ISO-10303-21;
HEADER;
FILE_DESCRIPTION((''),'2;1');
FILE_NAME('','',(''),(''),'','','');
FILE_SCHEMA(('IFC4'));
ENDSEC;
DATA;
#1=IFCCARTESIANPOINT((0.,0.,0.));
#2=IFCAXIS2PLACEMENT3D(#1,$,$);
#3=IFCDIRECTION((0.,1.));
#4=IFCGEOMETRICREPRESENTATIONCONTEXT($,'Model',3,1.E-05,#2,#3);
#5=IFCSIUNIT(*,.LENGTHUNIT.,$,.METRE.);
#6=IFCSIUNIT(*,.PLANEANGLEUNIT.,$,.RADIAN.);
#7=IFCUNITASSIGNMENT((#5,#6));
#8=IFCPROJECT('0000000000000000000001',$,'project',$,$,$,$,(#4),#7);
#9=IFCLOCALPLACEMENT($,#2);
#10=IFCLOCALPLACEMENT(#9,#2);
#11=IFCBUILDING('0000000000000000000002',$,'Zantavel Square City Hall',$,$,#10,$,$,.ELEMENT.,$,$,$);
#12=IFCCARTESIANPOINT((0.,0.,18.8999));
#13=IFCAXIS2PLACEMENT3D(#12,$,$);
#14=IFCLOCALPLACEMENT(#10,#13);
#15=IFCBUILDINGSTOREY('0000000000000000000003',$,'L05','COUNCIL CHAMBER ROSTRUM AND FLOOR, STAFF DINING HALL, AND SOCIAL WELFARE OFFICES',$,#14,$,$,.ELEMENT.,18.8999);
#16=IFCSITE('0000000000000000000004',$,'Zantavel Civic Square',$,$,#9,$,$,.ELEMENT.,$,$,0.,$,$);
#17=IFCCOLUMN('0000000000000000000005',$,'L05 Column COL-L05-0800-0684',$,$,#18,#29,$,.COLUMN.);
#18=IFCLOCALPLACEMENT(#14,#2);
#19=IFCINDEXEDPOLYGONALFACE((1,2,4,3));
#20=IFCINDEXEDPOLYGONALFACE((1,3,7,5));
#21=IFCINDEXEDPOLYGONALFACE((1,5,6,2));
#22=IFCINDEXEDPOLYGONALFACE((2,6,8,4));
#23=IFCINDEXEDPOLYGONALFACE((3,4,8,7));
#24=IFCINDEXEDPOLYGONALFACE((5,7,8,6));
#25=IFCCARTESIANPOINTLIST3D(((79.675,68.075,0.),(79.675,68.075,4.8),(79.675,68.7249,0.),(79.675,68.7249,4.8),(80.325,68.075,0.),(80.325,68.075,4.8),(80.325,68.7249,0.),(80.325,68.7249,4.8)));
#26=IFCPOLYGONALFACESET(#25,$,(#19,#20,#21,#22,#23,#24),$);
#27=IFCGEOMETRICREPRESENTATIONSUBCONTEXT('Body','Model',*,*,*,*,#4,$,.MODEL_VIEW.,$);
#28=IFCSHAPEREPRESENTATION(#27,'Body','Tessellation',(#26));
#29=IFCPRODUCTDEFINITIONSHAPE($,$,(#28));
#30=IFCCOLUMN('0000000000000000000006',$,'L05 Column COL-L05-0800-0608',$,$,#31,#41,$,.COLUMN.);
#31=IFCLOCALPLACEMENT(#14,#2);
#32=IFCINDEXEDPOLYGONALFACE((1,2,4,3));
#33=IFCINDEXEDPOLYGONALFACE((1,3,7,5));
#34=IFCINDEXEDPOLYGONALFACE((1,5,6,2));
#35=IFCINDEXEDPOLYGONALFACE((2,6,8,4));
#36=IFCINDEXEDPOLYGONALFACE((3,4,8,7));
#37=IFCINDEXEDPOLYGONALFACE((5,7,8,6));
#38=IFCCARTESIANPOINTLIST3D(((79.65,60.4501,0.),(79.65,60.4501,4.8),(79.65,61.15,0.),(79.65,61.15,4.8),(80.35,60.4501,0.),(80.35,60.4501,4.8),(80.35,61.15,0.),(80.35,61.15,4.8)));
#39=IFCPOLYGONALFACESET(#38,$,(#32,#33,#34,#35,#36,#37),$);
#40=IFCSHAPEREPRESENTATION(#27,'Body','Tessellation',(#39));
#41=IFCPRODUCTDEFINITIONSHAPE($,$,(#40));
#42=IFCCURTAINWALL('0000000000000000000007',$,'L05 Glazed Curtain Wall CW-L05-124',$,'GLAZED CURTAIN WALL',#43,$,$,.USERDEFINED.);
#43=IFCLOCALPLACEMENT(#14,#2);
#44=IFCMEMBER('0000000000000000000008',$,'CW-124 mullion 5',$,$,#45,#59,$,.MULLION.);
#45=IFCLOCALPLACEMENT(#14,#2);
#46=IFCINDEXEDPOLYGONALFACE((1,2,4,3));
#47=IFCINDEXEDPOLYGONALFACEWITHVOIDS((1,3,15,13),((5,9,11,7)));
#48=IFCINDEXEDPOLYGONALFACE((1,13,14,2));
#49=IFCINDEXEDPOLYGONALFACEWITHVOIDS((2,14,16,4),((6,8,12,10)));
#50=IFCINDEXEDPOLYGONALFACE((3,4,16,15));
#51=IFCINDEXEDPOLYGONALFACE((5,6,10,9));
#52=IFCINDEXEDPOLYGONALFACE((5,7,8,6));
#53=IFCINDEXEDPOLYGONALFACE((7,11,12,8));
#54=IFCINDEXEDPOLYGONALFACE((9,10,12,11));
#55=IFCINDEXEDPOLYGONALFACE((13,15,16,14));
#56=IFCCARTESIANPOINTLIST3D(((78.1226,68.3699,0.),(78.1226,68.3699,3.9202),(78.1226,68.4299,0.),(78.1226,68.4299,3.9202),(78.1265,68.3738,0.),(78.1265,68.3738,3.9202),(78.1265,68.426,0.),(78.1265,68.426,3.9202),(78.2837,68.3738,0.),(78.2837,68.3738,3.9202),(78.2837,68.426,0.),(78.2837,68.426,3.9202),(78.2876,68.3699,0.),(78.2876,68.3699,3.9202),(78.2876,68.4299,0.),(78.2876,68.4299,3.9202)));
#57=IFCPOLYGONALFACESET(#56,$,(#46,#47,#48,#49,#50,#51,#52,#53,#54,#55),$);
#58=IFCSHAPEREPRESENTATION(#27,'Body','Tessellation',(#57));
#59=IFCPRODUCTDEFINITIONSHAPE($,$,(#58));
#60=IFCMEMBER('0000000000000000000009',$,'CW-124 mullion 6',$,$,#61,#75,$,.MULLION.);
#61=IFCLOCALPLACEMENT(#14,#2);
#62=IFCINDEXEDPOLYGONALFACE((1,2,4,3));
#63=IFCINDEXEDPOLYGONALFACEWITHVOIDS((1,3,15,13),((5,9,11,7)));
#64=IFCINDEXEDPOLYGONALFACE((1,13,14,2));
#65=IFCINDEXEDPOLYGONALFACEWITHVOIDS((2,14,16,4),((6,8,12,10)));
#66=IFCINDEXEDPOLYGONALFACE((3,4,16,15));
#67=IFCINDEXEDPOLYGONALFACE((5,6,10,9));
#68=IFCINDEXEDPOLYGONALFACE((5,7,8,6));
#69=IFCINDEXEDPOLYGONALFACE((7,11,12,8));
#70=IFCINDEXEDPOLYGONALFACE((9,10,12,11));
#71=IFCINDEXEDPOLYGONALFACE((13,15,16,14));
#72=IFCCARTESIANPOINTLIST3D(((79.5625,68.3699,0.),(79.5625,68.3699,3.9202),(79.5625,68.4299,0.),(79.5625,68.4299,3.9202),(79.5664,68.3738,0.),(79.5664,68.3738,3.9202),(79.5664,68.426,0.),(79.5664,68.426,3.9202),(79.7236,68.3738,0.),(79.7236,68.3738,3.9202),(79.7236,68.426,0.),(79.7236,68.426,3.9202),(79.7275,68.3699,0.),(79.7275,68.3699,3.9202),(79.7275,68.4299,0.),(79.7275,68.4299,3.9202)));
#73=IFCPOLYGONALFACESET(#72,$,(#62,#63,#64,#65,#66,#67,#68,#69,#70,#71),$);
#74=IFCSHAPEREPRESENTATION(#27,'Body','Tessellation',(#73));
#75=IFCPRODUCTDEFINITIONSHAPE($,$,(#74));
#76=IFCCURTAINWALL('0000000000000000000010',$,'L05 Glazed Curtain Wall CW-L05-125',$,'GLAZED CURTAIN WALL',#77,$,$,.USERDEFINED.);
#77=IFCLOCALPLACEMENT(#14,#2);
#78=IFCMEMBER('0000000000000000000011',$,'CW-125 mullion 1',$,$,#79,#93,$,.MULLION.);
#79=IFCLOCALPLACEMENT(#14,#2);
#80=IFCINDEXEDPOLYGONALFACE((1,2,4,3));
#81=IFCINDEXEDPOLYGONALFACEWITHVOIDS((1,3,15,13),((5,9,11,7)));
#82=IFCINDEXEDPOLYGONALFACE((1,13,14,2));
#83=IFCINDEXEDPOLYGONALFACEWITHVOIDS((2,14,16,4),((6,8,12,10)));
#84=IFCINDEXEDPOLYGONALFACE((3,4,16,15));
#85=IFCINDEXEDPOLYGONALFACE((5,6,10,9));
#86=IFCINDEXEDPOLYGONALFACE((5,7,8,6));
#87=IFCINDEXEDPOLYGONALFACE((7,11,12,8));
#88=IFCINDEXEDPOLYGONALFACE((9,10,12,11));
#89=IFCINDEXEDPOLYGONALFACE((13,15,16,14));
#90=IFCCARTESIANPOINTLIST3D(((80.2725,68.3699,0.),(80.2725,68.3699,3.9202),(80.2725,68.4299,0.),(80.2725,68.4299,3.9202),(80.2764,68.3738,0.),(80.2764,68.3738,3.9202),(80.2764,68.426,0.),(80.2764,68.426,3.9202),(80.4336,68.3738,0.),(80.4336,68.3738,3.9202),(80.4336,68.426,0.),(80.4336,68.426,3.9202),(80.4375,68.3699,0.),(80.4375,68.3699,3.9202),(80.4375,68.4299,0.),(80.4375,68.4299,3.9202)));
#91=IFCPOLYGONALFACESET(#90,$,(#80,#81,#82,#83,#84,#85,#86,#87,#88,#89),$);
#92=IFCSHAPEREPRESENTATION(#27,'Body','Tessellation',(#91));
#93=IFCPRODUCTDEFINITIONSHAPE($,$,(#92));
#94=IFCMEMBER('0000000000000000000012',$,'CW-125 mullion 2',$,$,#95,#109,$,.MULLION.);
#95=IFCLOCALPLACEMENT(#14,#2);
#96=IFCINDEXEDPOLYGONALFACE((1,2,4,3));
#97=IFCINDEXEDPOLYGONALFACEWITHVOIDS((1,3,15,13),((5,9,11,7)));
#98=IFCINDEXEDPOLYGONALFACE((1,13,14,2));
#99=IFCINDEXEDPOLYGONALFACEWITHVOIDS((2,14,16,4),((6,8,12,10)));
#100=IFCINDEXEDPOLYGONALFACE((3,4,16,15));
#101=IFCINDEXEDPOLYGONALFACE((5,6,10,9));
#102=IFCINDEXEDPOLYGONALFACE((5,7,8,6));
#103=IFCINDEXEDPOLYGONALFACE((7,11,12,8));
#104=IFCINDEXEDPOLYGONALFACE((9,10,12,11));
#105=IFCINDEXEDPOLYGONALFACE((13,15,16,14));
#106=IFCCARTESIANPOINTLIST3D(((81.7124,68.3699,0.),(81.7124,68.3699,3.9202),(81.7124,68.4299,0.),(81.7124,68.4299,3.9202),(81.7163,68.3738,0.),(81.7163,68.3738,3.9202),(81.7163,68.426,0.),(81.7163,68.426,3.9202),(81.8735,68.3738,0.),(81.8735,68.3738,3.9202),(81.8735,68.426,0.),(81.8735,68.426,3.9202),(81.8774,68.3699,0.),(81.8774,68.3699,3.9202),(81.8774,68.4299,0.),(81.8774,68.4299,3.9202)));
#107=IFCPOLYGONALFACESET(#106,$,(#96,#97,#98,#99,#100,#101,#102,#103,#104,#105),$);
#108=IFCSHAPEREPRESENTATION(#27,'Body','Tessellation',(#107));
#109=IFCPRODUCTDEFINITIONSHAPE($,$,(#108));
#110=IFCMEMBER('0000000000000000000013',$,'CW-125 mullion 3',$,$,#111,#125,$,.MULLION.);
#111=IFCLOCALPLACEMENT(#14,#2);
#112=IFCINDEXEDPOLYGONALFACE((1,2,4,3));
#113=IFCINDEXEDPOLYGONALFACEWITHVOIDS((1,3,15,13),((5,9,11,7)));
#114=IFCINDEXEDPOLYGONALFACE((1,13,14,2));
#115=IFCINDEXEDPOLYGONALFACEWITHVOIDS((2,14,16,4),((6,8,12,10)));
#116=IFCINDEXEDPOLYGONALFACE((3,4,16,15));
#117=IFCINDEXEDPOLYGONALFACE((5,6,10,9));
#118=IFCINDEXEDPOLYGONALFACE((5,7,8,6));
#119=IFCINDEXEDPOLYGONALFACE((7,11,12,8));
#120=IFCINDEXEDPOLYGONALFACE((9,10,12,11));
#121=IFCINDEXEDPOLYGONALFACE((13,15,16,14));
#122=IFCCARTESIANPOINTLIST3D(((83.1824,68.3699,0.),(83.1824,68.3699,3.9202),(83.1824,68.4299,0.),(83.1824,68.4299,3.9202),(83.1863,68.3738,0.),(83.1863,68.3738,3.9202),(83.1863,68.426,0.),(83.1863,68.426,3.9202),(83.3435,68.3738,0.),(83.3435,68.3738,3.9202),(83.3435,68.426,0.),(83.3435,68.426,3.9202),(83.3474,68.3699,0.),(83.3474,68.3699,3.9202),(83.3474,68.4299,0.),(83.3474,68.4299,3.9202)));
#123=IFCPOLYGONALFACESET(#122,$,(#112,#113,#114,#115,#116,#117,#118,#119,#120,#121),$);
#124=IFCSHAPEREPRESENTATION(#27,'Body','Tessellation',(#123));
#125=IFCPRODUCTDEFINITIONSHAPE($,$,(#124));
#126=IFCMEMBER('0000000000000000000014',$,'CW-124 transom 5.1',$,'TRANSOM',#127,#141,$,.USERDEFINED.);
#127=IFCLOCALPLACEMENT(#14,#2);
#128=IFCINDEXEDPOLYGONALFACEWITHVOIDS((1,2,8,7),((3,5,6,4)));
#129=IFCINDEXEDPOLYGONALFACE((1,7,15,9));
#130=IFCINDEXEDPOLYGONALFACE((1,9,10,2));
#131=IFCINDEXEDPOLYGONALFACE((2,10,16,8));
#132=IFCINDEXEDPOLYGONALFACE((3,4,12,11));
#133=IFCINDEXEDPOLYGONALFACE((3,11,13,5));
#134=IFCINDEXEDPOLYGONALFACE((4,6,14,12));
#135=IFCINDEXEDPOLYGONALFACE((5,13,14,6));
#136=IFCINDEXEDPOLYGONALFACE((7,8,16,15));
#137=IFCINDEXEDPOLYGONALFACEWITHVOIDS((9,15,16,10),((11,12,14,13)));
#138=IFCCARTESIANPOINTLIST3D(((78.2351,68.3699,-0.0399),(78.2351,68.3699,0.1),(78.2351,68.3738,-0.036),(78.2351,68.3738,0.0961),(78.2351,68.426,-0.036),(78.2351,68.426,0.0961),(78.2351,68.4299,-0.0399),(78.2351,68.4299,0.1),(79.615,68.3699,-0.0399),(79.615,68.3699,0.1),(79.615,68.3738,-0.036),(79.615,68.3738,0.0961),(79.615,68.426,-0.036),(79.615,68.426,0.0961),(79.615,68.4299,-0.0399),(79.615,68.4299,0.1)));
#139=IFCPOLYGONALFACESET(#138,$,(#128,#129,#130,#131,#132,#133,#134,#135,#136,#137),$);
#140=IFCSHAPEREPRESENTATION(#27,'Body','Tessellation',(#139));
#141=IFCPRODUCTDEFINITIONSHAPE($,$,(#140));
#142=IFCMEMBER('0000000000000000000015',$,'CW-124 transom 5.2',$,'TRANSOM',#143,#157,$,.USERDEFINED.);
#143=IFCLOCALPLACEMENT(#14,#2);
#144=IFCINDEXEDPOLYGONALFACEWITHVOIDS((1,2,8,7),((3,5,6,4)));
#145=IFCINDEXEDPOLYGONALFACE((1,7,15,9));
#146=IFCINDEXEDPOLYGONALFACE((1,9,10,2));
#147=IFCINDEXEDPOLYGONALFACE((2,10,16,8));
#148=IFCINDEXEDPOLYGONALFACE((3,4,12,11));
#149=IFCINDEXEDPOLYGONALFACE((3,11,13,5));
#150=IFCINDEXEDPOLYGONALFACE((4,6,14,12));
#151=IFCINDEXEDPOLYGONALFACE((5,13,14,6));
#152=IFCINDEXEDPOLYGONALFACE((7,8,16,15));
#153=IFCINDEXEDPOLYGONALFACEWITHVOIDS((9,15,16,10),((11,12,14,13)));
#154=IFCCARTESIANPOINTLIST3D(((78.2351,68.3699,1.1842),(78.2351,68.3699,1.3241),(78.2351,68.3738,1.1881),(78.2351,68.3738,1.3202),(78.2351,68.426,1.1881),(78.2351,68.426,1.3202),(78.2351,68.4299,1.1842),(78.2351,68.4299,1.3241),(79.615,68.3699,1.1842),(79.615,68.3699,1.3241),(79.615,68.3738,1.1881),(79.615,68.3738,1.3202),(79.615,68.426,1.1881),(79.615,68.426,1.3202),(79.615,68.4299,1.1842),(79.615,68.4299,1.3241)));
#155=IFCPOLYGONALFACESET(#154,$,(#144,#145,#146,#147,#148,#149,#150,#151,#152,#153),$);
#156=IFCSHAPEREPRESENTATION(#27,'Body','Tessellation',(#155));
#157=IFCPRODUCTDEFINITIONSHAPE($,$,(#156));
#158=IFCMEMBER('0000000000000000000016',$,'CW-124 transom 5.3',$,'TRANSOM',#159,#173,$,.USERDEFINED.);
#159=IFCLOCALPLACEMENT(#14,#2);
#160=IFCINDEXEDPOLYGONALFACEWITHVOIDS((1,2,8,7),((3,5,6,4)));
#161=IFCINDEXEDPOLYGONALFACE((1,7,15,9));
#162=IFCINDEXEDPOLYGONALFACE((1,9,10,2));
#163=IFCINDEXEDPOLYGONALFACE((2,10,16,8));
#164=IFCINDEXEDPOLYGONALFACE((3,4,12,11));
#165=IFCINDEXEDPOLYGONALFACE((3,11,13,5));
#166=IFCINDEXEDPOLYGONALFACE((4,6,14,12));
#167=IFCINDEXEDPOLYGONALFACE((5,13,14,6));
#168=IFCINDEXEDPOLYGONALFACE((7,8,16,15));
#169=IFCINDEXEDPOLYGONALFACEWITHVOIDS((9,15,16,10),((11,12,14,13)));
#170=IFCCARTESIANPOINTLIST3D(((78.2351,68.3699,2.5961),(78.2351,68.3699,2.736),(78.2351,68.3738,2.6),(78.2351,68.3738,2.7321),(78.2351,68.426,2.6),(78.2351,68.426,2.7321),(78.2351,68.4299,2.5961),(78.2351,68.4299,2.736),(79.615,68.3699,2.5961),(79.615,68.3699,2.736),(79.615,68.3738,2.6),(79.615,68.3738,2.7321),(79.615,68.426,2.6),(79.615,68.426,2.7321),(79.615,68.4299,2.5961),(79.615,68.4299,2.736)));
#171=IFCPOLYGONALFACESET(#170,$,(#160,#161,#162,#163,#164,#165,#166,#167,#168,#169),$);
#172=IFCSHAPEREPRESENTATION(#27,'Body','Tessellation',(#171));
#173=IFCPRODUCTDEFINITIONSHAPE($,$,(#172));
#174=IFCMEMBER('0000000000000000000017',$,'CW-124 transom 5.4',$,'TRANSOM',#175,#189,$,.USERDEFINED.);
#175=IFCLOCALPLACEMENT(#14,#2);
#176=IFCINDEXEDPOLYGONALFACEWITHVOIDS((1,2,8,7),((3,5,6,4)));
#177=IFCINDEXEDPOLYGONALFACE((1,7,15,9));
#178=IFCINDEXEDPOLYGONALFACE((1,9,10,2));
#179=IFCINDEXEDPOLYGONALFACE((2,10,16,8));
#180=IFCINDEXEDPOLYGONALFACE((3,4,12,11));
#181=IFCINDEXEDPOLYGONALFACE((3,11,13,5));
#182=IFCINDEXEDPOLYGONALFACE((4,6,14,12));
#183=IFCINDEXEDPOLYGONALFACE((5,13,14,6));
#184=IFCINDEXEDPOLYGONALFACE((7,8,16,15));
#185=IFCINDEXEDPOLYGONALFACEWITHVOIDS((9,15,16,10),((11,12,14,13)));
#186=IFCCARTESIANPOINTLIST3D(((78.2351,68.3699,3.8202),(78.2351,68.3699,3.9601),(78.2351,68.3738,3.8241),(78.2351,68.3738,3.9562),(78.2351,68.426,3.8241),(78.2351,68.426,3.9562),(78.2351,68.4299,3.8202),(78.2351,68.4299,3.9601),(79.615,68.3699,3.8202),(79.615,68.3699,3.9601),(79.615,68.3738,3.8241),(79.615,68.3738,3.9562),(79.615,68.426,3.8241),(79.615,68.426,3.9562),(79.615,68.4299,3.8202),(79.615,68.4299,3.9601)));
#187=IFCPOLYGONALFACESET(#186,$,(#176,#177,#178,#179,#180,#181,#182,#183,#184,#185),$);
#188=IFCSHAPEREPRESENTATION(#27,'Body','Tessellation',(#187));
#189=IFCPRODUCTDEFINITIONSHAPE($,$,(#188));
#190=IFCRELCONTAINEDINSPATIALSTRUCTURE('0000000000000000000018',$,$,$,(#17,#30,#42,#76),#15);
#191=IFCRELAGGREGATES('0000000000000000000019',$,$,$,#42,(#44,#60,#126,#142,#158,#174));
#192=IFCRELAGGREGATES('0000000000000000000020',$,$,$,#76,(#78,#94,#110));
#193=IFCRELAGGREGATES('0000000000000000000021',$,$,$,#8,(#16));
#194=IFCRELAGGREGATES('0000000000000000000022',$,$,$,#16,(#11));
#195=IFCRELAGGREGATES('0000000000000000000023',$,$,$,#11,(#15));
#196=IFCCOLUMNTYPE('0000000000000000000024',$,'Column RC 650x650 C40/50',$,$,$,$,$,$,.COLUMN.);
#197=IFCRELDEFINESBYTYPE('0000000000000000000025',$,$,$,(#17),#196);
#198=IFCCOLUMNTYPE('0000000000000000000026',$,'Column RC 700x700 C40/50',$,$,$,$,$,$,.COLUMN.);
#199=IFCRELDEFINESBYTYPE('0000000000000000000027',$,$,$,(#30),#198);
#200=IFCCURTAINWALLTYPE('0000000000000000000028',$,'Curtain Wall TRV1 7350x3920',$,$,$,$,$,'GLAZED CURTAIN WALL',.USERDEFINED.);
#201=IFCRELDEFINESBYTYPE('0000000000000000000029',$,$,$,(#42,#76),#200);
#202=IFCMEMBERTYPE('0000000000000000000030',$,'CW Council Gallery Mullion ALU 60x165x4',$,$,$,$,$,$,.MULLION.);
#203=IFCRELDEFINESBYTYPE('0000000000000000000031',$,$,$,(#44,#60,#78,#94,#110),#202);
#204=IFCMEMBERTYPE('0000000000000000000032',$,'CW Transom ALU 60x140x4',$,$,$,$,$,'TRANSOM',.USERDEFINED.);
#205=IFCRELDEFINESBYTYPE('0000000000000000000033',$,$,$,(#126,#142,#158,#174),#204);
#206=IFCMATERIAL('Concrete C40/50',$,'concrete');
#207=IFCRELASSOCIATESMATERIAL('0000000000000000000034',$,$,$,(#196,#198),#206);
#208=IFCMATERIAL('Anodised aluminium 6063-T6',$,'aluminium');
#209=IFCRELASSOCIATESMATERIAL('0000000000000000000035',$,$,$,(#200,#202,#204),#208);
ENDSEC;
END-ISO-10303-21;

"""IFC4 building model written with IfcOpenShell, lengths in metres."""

from ifc_helpers import new_model, si_unit, direction, frame, origin, origin_2d, place, context, subcontext, project, spatial, rectangle, hollow_rectangle, extrude, material, material_profile, profile_set, type_object, element, aggregate, save


model = new_model("IFC4")

# Units and contexts
model_context = context("Model", 3, precision=1e-05, world=origin(), true_north=direction((0.0, 1.0)))
body_context = subcontext(model_context, "Body", "Model", "MODEL_VIEW")
ifc_project = project(units=[si_unit("LENGTHUNIT", "METRE"), si_unit("PLANEANGLEUNIT", "RADIAN")], contexts=[model_context])

# Site, building, storey
site_placement = place(None, origin())
site = spatial("IfcSite", under=ifc_project, at=site_placement, Name="Zantavel Civic Square", CompositionType="ELEMENT", RefElevation=0.0)
building_placement = place(site_placement, origin())
building = spatial("IfcBuilding", under=site, at=building_placement, Name="Zantavel Square City Hall", CompositionType="ELEMENT")
storey_placement = place(building_placement, frame((0.0, 0.0, 18.8999)))
storey = spatial("IfcBuildingStorey", under=building, at=storey_placement, Name="L05", Description="COUNCIL CHAMBER ROSTRUM AND FLOOR, STAFF DINING HALL, AND SOCIAL WELFARE OFFICES", CompositionType="ELEMENT", Elevation=18.8999)

# Columns
ifc_material_1 = material(Name="Concrete C40/50", Category="concrete")
ifc_material_profile_1 = material_profile(ifc_material_1, rectangle(XDim=0.6499, YDim=0.6499, at=origin_2d()), Name="RC 650x650")
ifc_profile_set_1 = profile_set([ifc_material_profile_1], Name="Concrete C40/50")
column_type_1 = type_object("IfcColumnType", Name="Column RC 650x650 C40/50", PredefinedType="COLUMN", material=ifc_profile_set_1)
column_1_placement = place(storey_placement, frame((80.0, 68.3999, 0.0), z_axis=(0.0, 0.0, 1.0), x_axis=(1.0, 0.0, 0.0)))
element("IfcColumn", 1, at=column_1_placement, inside=storey, type_object=column_type_1, Name="L05 Column COL-L05-0800-0684", PredefinedType="COLUMN", context=body_context, shape_type="SweptSolid", body=[
    extrude(rectangle(XDim=0.6499, YDim=0.6499, at=origin_2d()), origin(), (0.0, 0.0, 1.0), 4.8),
])
ifc_material_profile_2 = material_profile(ifc_material_1, rectangle(XDim=0.7, YDim=0.7, at=origin_2d()), Name="RC 700x700")
ifc_profile_set_2 = profile_set([ifc_material_profile_2], Name="Concrete C40/50")
column_type_2 = type_object("IfcColumnType", Name="Column RC 700x700 C40/50", PredefinedType="COLUMN", material=ifc_profile_set_2)
column_2_placement = place(storey_placement, frame((80.0, 60.8, 0.0), z_axis=(0.0, 0.0, 1.0), x_axis=(1.0, 0.0, 0.0)))
element("IfcColumn", 2, at=column_2_placement, inside=storey, type_object=column_type_2, Name="L05 Column COL-L05-0800-0608", PredefinedType="COLUMN", context=body_context, shape_type="SweptSolid", body=[
    extrude(rectangle(XDim=0.7, YDim=0.7, at=origin_2d()), origin(), (0.0, 0.0, 1.0), 4.8),
])

# Curtain walls, members
ifc_material_2 = material(Name="Anodised aluminium 6063-T6", Category="aluminium")
curtain_wall_type = type_object("IfcCurtainWallType", Name="Curtain Wall TRV1 7350x3920", ElementType="GLAZED CURTAIN WALL", PredefinedType="USERDEFINED", material=ifc_material_2)
curtain_wall_1_placement = place(storey_placement, origin())
curtain_wall_1 = element("IfcCurtainWall", 3, at=curtain_wall_1_placement, inside=storey, type_object=curtain_wall_type, Name="L05 Glazed Curtain Wall CW-L05-124", ObjectType="GLAZED CURTAIN WALL", PredefinedType="USERDEFINED")
ifc_material_profile_3 = material_profile(ifc_material_2, hollow_rectangle(XDim=0.0601, YDim=0.165, WallThickness=0.0039, at=origin_2d()), Name="ALU 60x165x4")
ifc_profile_set_3 = profile_set([ifc_material_profile_3], Name="Anodised aluminium 6063-T6")
member_type_1 = type_object("IfcMemberType", Name="CW Council Gallery Mullion ALU 60x165x4", PredefinedType="MULLION", material=ifc_profile_set_3)
member_1_placement = place(storey_placement, frame((78.2051, 68.3999, 0.0), z_axis=(0.0, 0.0, 1.0), x_axis=(0.0, 1.0, 0.0)))
member_1 = element("IfcMember", 4, at=member_1_placement, type_object=member_type_1, Name="CW-124 mullion 5", PredefinedType="MULLION", context=body_context, shape_type="SweptSolid", body=[
    extrude(hollow_rectangle(XDim=0.0601, YDim=0.165, WallThickness=0.0039, at=origin_2d()), origin(), (0.0, 0.0, 1.0), 3.9202),
])
member_2_placement = place(storey_placement, frame((79.645, 68.3999, 0.0), z_axis=(0.0, 0.0, 1.0), x_axis=(0.0, 1.0, 0.0)))
member_2 = element("IfcMember", 5, at=member_2_placement, type_object=member_type_1, Name="CW-124 mullion 6", PredefinedType="MULLION", context=body_context, shape_type="SweptSolid", body=[
    extrude(hollow_rectangle(XDim=0.0601, YDim=0.165, WallThickness=0.0039, at=origin_2d()), origin(), (0.0, 0.0, 1.0), 3.9202),
])
curtain_wall_2_placement = place(storey_placement, origin())
curtain_wall_2 = element("IfcCurtainWall", 6, at=curtain_wall_2_placement, inside=storey, type_object=curtain_wall_type, Name="L05 Glazed Curtain Wall CW-L05-125", ObjectType="GLAZED CURTAIN WALL", PredefinedType="USERDEFINED")
member_3_placement = place(storey_placement, frame((80.355, 68.3999, 0.0), z_axis=(0.0, 0.0, 1.0), x_axis=(0.0, 1.0, 0.0)))
member_3 = element("IfcMember", 7, at=member_3_placement, type_object=member_type_1, Name="CW-125 mullion 1", PredefinedType="MULLION", context=body_context, shape_type="SweptSolid", body=[
    extrude(hollow_rectangle(XDim=0.0601, YDim=0.165, WallThickness=0.0039, at=origin_2d()), origin(), (0.0, 0.0, 1.0), 3.9202),
])
member_4_placement = place(storey_placement, frame((81.7949, 68.3999, 0.0), z_axis=(0.0, 0.0, 1.0), x_axis=(0.0, 1.0, 0.0)))
member_4 = element("IfcMember", 8, at=member_4_placement, type_object=member_type_1, Name="CW-125 mullion 2", PredefinedType="MULLION", context=body_context, shape_type="SweptSolid", body=[
    extrude(hollow_rectangle(XDim=0.0601, YDim=0.165, WallThickness=0.0039, at=origin_2d()), origin(), (0.0, 0.0, 1.0), 3.9202),
])
member_5_placement = place(storey_placement, frame((83.2649, 68.3999, 0.0), z_axis=(0.0, 0.0, 1.0), x_axis=(0.0, 1.0, 0.0)))
member_5 = element("IfcMember", 9, at=member_5_placement, type_object=member_type_1, Name="CW-125 mullion 3", PredefinedType="MULLION", context=body_context, shape_type="SweptSolid", body=[
    extrude(hollow_rectangle(XDim=0.0601, YDim=0.165, WallThickness=0.0039, at=origin_2d()), origin(), (0.0, 0.0, 1.0), 3.9202),
])

# Members
ifc_material_profile_4 = material_profile(ifc_material_2, hollow_rectangle(XDim=0.0601, YDim=0.1399, WallThickness=0.0039, at=origin_2d()), Name="ALU 60x140x4")
ifc_profile_set_4 = profile_set([ifc_material_profile_4], Name="Anodised aluminium 6063-T6")
member_type_2 = type_object("IfcMemberType", Name="CW Transom ALU 60x140x4", ElementType="TRANSOM", PredefinedType="USERDEFINED", material=ifc_profile_set_4)
member_6_placement = place(storey_placement, frame((78.2351, 68.3999, 0.03), z_axis=(1.0, 0.0, 0.0), x_axis=(0.0, 1.0, 0.0)))
member_6 = element("IfcMember", 10, at=member_6_placement, type_object=member_type_2, Name="CW-124 transom 5.1", ObjectType="TRANSOM", PredefinedType="USERDEFINED", context=body_context, shape_type="SweptSolid", body=[
    extrude(hollow_rectangle(XDim=0.0601, YDim=0.1399, WallThickness=0.0039, at=origin_2d()), origin(), (0.0, 0.0, 1.0), 1.3799),
])
member_7_placement = place(storey_placement, frame((78.2351, 68.3999, 1.2542), z_axis=(1.0, 0.0, 0.0), x_axis=(0.0, 1.0, 0.0)))
member_7 = element("IfcMember", 11, at=member_7_placement, type_object=member_type_2, Name="CW-124 transom 5.2", ObjectType="TRANSOM", PredefinedType="USERDEFINED", context=body_context, shape_type="SweptSolid", body=[
    extrude(hollow_rectangle(XDim=0.0601, YDim=0.1399, WallThickness=0.0039, at=origin_2d()), origin(), (0.0, 0.0, 1.0), 1.3799),
])
member_8_placement = place(storey_placement, frame((78.2351, 68.3999, 2.666), z_axis=(1.0, 0.0, 0.0), x_axis=(0.0, 1.0, 0.0)))
member_8 = element("IfcMember", 12, at=member_8_placement, type_object=member_type_2, Name="CW-124 transom 5.3", ObjectType="TRANSOM", PredefinedType="USERDEFINED", context=body_context, shape_type="SweptSolid", body=[
    extrude(hollow_rectangle(XDim=0.0601, YDim=0.1399, WallThickness=0.0039, at=origin_2d()), origin(), (0.0, 0.0, 1.0), 1.3799),
])
member_9_placement = place(storey_placement, frame((78.2351, 68.3999, 3.8901), z_axis=(1.0, 0.0, 0.0), x_axis=(0.0, 1.0, 0.0)))
member_9 = element("IfcMember", 13, at=member_9_placement, type_object=member_type_2, Name="CW-124 transom 5.4", ObjectType="TRANSOM", PredefinedType="USERDEFINED", context=body_context, shape_type="SweptSolid", body=[
    extrude(hollow_rectangle(XDim=0.0601, YDim=0.1399, WallThickness=0.0039, at=origin_2d()), origin(), (0.0, 0.0, 1.0), 1.3799),
])

aggregate(curtain_wall_1, [member_1, member_2, member_6, member_7, member_8, member_9])
aggregate(curtain_wall_2, [member_3, member_4, member_5])

save(model, "model.ifc")
